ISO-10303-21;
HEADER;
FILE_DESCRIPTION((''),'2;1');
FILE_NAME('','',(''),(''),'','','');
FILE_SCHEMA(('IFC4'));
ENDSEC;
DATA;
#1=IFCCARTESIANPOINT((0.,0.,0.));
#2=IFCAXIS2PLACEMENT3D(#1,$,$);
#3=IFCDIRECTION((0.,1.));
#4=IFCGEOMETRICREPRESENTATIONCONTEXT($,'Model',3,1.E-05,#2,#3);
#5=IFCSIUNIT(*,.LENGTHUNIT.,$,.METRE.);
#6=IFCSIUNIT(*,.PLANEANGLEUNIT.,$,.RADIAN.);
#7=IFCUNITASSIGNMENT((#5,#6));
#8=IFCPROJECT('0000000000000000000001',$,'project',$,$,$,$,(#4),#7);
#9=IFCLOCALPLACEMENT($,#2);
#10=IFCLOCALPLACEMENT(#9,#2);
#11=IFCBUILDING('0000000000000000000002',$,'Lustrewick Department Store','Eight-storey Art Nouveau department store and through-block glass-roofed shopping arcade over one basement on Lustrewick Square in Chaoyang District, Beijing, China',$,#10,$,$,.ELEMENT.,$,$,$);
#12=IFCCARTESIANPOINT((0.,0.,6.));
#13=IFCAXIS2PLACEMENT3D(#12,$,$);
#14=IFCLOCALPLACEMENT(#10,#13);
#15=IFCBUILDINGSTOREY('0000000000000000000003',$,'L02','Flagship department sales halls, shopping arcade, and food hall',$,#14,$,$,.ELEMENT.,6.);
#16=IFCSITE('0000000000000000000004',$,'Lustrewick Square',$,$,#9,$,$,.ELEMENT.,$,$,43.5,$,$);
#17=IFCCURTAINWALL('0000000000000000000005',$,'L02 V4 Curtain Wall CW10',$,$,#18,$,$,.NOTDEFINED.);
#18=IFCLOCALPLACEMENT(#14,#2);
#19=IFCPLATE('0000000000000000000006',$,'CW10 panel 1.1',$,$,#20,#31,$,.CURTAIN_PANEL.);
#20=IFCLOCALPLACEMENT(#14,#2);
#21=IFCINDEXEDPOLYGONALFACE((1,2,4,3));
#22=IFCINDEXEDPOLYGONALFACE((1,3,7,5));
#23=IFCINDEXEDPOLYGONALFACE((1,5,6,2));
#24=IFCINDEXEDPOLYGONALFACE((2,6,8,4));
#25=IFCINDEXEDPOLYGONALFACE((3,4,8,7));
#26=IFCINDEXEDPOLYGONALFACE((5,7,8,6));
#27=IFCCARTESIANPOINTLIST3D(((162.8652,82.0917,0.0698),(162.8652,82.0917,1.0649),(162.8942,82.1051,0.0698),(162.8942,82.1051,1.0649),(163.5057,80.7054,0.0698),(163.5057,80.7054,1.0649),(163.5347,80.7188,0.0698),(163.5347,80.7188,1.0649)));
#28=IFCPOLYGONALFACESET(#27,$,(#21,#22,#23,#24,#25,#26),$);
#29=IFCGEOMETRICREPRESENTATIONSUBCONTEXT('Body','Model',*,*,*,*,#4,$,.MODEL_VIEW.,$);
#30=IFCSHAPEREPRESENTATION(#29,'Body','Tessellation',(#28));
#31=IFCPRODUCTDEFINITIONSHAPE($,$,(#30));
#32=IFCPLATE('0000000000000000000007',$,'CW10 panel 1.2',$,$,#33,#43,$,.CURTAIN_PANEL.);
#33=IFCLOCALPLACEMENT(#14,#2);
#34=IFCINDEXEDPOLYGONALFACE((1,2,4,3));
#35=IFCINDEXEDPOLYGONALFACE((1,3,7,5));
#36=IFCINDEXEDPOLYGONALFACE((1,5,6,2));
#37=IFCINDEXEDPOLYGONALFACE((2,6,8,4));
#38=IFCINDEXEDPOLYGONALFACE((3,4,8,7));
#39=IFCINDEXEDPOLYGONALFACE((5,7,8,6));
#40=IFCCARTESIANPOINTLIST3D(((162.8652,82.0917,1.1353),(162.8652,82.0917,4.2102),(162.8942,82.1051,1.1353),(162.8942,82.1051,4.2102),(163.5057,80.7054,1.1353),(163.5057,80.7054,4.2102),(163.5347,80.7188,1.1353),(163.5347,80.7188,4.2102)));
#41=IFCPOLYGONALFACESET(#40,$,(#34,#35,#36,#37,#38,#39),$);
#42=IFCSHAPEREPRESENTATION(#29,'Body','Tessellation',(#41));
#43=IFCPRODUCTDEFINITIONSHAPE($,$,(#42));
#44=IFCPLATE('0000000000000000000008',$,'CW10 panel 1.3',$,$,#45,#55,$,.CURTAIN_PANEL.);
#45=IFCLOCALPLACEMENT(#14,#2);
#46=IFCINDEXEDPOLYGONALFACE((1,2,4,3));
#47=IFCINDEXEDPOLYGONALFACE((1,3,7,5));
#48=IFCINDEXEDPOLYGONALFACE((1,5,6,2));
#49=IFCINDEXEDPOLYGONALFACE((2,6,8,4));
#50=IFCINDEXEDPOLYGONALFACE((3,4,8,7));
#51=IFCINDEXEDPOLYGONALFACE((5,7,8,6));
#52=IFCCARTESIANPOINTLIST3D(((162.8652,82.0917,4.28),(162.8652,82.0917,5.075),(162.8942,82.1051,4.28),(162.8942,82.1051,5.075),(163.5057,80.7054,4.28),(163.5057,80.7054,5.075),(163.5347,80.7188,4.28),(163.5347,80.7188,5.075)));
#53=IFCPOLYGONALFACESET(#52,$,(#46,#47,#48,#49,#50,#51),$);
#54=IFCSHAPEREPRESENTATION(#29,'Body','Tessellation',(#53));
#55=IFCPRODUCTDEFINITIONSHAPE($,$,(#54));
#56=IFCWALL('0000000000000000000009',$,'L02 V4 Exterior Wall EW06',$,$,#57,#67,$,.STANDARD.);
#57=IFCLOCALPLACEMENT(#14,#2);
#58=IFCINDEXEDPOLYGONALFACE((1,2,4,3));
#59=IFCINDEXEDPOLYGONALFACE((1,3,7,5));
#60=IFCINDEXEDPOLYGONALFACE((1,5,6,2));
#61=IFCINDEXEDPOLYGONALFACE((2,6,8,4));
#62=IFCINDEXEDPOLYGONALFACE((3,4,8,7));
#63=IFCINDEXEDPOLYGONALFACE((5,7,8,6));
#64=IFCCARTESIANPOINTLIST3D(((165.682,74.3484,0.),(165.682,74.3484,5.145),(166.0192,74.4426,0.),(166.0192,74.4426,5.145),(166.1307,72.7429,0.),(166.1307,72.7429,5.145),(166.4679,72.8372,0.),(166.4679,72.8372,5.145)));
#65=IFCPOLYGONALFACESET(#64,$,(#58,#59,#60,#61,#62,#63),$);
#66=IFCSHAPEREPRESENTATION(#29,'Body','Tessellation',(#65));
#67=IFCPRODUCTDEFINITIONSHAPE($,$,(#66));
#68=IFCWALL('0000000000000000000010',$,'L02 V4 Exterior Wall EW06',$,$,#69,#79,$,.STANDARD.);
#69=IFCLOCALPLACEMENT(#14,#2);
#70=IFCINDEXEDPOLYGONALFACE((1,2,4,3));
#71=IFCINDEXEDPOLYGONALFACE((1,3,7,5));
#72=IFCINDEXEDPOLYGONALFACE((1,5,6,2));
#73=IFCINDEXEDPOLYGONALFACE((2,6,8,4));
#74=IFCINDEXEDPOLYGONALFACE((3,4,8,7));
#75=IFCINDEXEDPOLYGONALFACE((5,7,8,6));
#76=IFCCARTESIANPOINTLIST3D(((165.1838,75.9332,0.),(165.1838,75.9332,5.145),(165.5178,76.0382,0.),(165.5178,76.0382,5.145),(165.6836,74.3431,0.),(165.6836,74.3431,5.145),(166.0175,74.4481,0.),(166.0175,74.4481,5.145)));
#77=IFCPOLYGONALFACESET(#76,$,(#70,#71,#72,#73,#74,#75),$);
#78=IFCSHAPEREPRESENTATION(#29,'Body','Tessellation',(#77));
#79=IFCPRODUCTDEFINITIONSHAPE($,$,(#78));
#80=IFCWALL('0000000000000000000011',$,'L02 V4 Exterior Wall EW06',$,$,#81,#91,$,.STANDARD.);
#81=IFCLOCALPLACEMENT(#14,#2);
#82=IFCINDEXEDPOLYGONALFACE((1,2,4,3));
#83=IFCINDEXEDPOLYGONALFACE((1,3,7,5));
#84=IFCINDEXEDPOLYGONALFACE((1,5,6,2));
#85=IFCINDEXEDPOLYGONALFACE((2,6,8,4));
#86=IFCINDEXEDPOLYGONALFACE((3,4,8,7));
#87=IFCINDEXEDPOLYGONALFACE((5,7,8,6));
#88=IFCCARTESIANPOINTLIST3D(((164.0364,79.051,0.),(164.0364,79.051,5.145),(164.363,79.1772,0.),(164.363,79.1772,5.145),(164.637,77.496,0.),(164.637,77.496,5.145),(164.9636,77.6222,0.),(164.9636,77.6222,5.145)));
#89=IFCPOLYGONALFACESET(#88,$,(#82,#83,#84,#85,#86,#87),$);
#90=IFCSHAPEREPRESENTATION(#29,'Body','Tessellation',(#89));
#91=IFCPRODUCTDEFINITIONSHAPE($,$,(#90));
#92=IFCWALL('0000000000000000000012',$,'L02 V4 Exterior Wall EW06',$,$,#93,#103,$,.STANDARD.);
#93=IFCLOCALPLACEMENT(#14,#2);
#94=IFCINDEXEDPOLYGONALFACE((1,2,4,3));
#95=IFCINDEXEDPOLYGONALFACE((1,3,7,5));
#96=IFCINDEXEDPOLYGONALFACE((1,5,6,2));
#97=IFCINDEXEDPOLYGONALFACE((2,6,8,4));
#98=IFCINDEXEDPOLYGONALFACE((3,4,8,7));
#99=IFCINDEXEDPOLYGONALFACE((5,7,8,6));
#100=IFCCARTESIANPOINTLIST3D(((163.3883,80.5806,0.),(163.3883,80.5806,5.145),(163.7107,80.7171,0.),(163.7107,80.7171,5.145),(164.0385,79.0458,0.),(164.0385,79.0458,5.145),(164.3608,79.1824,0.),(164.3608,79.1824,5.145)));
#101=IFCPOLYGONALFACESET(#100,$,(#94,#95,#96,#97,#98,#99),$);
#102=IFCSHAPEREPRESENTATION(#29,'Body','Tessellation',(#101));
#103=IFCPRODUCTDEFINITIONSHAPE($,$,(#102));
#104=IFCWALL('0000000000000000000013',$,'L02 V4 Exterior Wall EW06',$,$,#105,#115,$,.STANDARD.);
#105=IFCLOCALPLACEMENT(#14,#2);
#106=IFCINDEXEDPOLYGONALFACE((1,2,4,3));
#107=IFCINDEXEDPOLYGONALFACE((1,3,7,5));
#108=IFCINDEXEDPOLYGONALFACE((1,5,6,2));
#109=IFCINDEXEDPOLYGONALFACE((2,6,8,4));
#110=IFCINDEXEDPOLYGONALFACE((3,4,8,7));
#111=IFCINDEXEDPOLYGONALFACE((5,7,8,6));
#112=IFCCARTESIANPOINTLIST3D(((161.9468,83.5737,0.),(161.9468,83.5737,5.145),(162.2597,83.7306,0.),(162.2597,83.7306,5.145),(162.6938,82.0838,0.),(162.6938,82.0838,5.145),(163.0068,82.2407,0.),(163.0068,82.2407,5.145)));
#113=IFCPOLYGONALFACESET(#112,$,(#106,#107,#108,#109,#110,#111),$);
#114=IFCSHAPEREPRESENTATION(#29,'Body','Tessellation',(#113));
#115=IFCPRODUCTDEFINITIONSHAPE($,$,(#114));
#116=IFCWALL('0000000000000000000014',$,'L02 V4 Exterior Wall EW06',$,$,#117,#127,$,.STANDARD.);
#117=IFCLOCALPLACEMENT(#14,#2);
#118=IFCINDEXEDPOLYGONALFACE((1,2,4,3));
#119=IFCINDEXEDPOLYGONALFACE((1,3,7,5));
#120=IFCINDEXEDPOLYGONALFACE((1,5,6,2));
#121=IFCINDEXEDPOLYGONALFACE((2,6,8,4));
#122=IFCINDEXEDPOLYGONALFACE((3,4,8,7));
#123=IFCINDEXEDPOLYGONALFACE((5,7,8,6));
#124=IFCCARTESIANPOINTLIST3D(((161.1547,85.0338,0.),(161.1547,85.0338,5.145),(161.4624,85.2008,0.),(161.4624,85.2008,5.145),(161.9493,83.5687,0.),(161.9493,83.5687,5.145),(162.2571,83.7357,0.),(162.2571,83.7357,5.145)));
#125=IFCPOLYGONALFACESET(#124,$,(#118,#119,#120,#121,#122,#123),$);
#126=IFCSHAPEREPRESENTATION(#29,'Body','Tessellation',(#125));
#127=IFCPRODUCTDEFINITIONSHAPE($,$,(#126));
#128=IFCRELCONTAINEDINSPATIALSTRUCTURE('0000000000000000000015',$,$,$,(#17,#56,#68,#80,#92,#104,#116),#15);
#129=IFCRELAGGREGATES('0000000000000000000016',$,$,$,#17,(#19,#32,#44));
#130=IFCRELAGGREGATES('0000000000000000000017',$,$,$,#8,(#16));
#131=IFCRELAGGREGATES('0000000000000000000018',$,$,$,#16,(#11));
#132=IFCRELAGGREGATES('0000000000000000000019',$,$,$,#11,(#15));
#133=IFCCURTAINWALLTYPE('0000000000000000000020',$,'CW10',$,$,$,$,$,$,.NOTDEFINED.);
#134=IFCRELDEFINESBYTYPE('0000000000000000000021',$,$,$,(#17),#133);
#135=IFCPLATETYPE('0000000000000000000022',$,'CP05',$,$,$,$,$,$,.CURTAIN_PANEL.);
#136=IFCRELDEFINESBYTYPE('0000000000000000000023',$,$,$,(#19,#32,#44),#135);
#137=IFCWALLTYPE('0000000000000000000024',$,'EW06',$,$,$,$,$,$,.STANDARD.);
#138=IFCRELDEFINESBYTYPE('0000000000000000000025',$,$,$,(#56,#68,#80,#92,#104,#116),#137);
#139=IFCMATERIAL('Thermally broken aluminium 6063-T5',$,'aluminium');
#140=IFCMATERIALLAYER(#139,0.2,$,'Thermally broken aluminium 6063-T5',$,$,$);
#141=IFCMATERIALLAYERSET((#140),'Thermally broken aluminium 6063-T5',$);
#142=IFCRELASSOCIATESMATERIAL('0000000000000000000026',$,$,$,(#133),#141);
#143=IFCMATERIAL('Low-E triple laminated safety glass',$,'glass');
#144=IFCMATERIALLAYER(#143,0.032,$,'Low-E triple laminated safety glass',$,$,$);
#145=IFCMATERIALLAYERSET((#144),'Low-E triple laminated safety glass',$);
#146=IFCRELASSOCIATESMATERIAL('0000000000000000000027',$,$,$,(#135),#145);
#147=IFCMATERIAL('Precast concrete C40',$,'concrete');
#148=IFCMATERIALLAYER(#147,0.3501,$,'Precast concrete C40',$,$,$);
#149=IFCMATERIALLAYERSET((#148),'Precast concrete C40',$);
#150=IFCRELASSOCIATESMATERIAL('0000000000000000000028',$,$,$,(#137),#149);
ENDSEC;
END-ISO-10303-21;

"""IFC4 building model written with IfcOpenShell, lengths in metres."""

from ifc_helpers import new_model, si_unit, direction, frame, frame_2d, origin, origin_2d, place, context, subcontext, project, spatial, rectangle, extrude, material, layer, layer_set, type_object, element, aggregate, save


model = new_model("IFC4")

# Units and contexts
model_context = context("Model", 3, precision=1e-05, world=origin(), true_north=direction((0.0, 1.0)))
body_context = subcontext(model_context, "Body", "Model", "MODEL_VIEW")
ifc_project = project(units=[si_unit("LENGTHUNIT", "METRE"), si_unit("PLANEANGLEUNIT", "RADIAN")], contexts=[model_context])

# Site, building, storey
site_placement = place(None, origin())
site = spatial("IfcSite", under=ifc_project, at=site_placement, Name="Lustrewick Square", CompositionType="ELEMENT", RefElevation=43.5)
building_placement = place(site_placement, origin())
building = spatial("IfcBuilding", under=site, at=building_placement, Name="Lustrewick Department Store", Description="Eight-storey Art Nouveau department store and through-block glass-roofed shopping arcade over one basement on Lustrewick Square in Chaoyang District, Beijing, China", CompositionType="ELEMENT")
storey_placement = place(building_placement, frame((0.0, 0.0, 6.0)))
storey = spatial("IfcBuildingStorey", under=building, at=storey_placement, Name="L02", Description="Flagship department sales halls, shopping arcade, and food hall", CompositionType="ELEMENT", Elevation=6.0)

# Curtain wall
ifc_material_1 = material(Name="Thermally broken aluminium 6063-T5", Category="aluminium")
ifc_layer_1 = layer(ifc_material_1, 0.2, Name="Thermally broken aluminium 6063-T5")
ifc_layer_set_1 = layer_set([ifc_layer_1], Name="Thermally broken aluminium 6063-T5")
curtain_wall_type_1 = type_object("IfcCurtainWallType", Name="CW10", PredefinedType="NOTDEFINED", material=ifc_layer_set_1)
curtain_wall_1_placement = place(storey_placement, origin())
curtain_wall_1 = element("IfcCurtainWall", 1, at=curtain_wall_1_placement, inside=storey, type_object=curtain_wall_type_1, Name="L02 V4 Curtain Wall CW10", PredefinedType="NOTDEFINED")

# Plates
ifc_material_2 = material(Name="Low-E triple laminated safety glass", Category="glass")
ifc_layer_2 = layer(ifc_material_2, 0.032, Name="Low-E triple laminated safety glass")
ifc_layer_set_2 = layer_set([ifc_layer_2], Name="Low-E triple laminated safety glass")
plate_type_1 = type_object("IfcPlateType", Name="CP05", PredefinedType="CURTAIN_PANEL", material=ifc_layer_set_2)
plate_1_placement = place(storey_placement, frame((163.2, 81.4053, 0.0698), z_axis=(0.0, 0.0, 1.0), x_axis=(-0.419382, 0.90781, 0.0)))
plate_1 = element("IfcPlate", 2, at=plate_1_placement, type_object=plate_type_1, Name="CW10 panel 1.1", PredefinedType="CURTAIN_PANEL", context=body_context, shape_type="SweptSolid", body=[
    extrude(rectangle(XDim=1.5271, YDim=0.032, at=origin_2d()), origin(), (0.0, 0.0, 1.0), 0.9951),
])
plate_2_placement = place(storey_placement, frame((163.2, 81.4053, 1.1353), z_axis=(0.0, 0.0, 1.0), x_axis=(-0.419382, 0.90781, 0.0)))
plate_2 = element("IfcPlate", 3, at=plate_2_placement, type_object=plate_type_1, Name="CW10 panel 1.2", PredefinedType="CURTAIN_PANEL", context=body_context, shape_type="SweptSolid", body=[
    extrude(rectangle(XDim=1.5271, YDim=0.032, at=origin_2d()), origin(), (0.0, 0.0, 1.0), 3.075),
])
plate_3_placement = place(storey_placement, frame((163.2, 81.4053, 4.28), z_axis=(0.0, 0.0, 1.0), x_axis=(-0.419382, 0.90781, 0.0)))
plate_3 = element("IfcPlate", 4, at=plate_3_placement, type_object=plate_type_1, Name="CW10 panel 1.3", PredefinedType="CURTAIN_PANEL", context=body_context, shape_type="SweptSolid", body=[
    extrude(rectangle(XDim=1.5271, YDim=0.032, at=origin_2d()), origin(), (0.0, 0.0, 1.0), 0.7949),
])
aggregate(curtain_wall_1, [plate_1, plate_2, plate_3])

# Walls
ifc_material_3 = material(Name="Precast concrete C40", Category="concrete")
ifc_layer_3 = layer(ifc_material_3, 0.3501, Name="Precast concrete C40")
ifc_layer_set_3 = layer_set([ifc_layer_3], Name="Precast concrete C40")
wall_type = type_object("IfcWallType", Name="EW06", PredefinedType="STANDARD", material=ifc_layer_set_3)
wall_1_placement = place(storey_placement, frame((166.2993, 72.79, 0.0), z_axis=(0.0, 0.0, 1.0), x_axis=(-0.269184, 0.963089, 0.0)))
element("IfcWall", 5, at=wall_1_placement, inside=storey, type_object=wall_type, Name="L02 V4 Exterior Wall EW06", PredefinedType="STANDARD", context=body_context, shape_type="SweptSolid", body=[
    extrude(rectangle(XDim=1.667, YDim=0.3501, at=frame_2d((0.8335, 0.0))), origin(), (0.0, 0.0, 1.0), 5.145),
])
wall_2_placement = place(storey_placement, frame((165.8506, 74.3955, 0.0), z_axis=(0.0, 0.0, 1.0), x_axis=(-0.299834, 0.953991, 0.0)))
element("IfcWall", 6, at=wall_2_placement, inside=storey, type_object=wall_type, Name="L02 V4 Exterior Wall EW06", PredefinedType="STANDARD", context=body_context, shape_type="SweptSolid", body=[
    extrude(rectangle(XDim=1.6667, YDim=0.3501, at=frame_2d((0.8335, 0.0))), origin(), (0.0, 0.0, 1.0), 5.145),
])
wall_3_placement = place(storey_placement, frame((164.8003, 77.5591, 0.0), z_axis=(0.0, 0.0, 1.0), x_axis=(-0.360304, 0.932835, 0.0)))
element("IfcWall", 7, at=wall_3_placement, inside=storey, type_object=wall_type, Name="L02 V4 Exterior Wall EW06", PredefinedType="STANDARD", context=body_context, shape_type="SweptSolid", body=[
    extrude(rectangle(XDim=1.667, YDim=0.3501, at=frame_2d((0.8335, 0.0))), origin(), (0.0, 0.0, 1.0), 5.145),
])
for number, where, z_axis, x_axis, name in (
    (8, (164.1997, 79.114, 0.0), (0.0, 0.0, 1.0), (-0.39008, 0.920781, 0.0), "L02 V4 Exterior Wall EW06"),
    (9, (162.8503, 82.1621, 0.0), (0.0, 0.0, 1.0), (-0.448209, 0.893929, 0.0), "L02 V4 Exterior Wall EW06"),
    (10, (162.1033, 83.6521, 0.0), (0.0, 0.0, 1.0), (-0.476788, 0.879018, 0.0), "L02 V4 Exterior Wall EW06"),
):
    element("IfcWall", number, at=place(storey_placement, frame(where, z_axis=z_axis, x_axis=x_axis)), inside=storey, type_object=wall_type, Name=name, PredefinedType="STANDARD", context=body_context, shape_type="SweptSolid", body=[
        extrude(rectangle(XDim=1.6667, YDim=0.3501, at=frame_2d((0.8335, 0.0))), origin(), (0.0, 0.0, 1.0), 5.145),
    ])

save(model, "model.ifc")
